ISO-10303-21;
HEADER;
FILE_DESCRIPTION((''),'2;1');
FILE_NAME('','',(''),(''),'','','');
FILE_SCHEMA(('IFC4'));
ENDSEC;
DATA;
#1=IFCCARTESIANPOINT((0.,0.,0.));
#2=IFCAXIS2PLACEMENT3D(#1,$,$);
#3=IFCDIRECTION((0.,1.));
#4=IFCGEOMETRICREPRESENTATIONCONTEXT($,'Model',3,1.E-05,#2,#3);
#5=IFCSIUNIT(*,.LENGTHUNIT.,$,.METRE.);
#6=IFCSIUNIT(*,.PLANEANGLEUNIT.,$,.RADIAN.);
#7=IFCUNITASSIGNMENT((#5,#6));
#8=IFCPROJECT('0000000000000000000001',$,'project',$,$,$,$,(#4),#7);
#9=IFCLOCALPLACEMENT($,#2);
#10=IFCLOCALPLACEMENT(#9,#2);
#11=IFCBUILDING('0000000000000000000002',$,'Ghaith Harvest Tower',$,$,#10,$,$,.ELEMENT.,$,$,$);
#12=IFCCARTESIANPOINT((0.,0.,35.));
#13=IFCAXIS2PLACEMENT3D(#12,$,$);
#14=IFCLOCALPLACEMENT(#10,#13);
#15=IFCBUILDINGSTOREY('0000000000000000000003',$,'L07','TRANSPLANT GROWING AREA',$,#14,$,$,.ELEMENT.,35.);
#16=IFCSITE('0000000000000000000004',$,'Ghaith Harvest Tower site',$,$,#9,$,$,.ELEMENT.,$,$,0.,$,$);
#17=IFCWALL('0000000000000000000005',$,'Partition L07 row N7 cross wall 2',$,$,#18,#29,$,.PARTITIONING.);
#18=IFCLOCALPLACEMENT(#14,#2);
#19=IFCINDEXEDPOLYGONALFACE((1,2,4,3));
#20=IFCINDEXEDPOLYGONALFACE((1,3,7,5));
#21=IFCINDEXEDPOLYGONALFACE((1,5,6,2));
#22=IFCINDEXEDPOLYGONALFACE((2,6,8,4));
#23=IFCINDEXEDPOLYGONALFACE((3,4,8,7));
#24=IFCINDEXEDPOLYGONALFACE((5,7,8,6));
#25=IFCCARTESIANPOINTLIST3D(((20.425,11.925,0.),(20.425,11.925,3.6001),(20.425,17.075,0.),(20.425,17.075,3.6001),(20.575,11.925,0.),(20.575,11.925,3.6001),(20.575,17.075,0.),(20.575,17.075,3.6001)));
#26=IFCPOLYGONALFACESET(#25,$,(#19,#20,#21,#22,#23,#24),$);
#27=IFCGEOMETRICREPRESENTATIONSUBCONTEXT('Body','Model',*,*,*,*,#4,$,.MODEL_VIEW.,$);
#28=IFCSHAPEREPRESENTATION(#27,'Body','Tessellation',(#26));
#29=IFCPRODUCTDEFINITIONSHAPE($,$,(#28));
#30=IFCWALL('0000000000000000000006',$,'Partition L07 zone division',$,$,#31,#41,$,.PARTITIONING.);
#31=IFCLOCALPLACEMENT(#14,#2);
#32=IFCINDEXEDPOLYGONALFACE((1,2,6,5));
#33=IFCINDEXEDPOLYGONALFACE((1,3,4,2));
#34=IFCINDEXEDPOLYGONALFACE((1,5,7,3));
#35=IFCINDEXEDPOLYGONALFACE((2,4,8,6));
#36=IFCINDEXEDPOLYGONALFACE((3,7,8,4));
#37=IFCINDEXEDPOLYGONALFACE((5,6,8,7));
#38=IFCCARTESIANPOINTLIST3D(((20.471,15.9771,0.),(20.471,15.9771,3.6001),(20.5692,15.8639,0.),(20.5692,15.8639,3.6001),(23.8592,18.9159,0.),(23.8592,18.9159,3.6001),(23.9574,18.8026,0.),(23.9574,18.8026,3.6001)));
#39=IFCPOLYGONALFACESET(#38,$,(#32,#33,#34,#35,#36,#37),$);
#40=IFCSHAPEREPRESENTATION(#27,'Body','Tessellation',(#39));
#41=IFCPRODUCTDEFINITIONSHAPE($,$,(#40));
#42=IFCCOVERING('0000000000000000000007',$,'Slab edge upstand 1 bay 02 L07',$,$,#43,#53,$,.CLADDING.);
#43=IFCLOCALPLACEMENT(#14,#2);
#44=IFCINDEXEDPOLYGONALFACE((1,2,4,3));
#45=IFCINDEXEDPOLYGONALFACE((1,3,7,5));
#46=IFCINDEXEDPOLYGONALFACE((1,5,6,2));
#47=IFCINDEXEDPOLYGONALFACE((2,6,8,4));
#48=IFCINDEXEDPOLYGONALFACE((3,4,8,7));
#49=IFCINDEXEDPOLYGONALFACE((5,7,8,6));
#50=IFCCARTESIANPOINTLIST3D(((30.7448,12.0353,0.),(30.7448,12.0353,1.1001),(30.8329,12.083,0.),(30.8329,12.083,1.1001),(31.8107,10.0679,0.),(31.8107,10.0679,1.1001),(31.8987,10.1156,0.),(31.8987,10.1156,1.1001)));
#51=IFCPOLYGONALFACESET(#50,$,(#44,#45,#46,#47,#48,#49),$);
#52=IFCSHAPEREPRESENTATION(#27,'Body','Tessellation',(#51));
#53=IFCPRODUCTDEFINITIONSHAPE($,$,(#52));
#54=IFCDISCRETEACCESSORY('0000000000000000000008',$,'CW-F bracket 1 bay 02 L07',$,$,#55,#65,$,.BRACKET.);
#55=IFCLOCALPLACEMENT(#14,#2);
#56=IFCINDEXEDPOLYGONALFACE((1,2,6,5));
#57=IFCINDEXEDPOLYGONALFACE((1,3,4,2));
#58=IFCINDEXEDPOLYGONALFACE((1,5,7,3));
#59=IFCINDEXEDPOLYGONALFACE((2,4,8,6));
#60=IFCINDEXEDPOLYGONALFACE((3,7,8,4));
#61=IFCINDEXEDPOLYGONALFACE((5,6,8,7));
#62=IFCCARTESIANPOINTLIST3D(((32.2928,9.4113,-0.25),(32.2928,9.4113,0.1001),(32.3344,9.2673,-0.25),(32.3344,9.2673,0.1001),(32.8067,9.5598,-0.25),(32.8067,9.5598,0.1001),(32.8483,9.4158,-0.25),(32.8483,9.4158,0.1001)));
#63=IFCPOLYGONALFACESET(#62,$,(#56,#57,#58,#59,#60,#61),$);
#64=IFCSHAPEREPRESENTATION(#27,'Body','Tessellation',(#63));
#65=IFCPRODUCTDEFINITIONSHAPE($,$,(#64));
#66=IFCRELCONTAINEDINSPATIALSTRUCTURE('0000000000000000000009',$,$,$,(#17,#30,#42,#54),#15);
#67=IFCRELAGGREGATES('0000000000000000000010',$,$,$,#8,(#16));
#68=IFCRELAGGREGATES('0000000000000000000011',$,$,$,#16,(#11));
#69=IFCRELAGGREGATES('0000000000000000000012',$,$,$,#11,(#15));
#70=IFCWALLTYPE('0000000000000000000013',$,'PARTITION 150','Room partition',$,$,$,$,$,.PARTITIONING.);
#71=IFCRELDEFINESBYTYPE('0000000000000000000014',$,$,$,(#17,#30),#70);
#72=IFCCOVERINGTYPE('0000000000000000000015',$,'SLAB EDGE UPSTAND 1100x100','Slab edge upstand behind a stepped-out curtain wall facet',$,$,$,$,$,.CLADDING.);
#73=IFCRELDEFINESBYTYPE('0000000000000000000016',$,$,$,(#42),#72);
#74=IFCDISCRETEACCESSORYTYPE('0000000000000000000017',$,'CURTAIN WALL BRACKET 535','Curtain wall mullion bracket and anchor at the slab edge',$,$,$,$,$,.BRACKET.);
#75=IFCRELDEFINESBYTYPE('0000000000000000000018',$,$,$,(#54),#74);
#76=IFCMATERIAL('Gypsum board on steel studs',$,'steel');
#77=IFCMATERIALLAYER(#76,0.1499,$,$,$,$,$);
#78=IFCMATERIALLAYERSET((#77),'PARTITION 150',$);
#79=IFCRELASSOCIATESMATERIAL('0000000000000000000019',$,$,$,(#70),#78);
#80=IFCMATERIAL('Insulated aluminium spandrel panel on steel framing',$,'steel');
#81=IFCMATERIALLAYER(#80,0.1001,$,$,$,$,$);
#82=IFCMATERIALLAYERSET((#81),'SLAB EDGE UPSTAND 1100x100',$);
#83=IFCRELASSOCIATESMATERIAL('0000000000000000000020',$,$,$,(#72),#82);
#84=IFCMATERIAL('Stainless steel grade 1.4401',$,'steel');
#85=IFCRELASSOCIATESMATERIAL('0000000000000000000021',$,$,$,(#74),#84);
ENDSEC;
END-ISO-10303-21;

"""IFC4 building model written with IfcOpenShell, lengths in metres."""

from ifc_helpers import new_model, si_unit, direction, frame, frame_2d, origin, origin_2d, place, context, subcontext, project, spatial, rectangle, extrude, material, layer, layer_set, type_object, element, save


model = new_model("IFC4")

# Units and contexts
model_context = context("Model", 3, precision=1e-05, world=origin(), true_north=direction((0.0, 1.0)))
body_context = subcontext(model_context, "Body", "Model", "MODEL_VIEW")
ifc_project = project(units=[si_unit("LENGTHUNIT", "METRE"), si_unit("PLANEANGLEUNIT", "RADIAN")], contexts=[model_context])

# Site, building, storey
site_placement = place(None, origin())
site = spatial("IfcSite", under=ifc_project, at=site_placement, Name="Ghaith Harvest Tower site", CompositionType="ELEMENT", RefElevation=0.0)
building_placement = place(site_placement, origin())
building = spatial("IfcBuilding", under=site, at=building_placement, Name="Ghaith Harvest Tower", CompositionType="ELEMENT")
storey_placement = place(building_placement, frame((0.0, 0.0, 35.0)))
storey = spatial("IfcBuildingStorey", under=building, at=storey_placement, Name="L07", Description="TRANSPLANT GROWING AREA", CompositionType="ELEMENT", Elevation=35.0)

# Walls
ifc_material_1 = material(Name="Gypsum board on steel studs", Category="steel")
ifc_layer_1 = layer(ifc_material_1, 0.1499)
ifc_layer_set_1 = layer_set([ifc_layer_1], Name="PARTITION 150")
wall_type = type_object("IfcWallType", Name="PARTITION 150", Description="Room partition", PredefinedType="PARTITIONING", material=ifc_layer_set_1)
wall_1_placement = place(storey_placement, frame((20.5, 11.925, 0.0), z_axis=(0.0, 0.0, 1.0), x_axis=(0.0, 1.0, 0.0)))
element("IfcWall", 1, at=wall_1_placement, inside=storey, type_object=wall_type, Name="Partition L07 row N7 cross wall 2", PredefinedType="PARTITIONING", context=body_context, shape_type="SweptSolid", body=[
    extrude(rectangle(XDim=5.1499, YDim=0.1499, at=frame_2d((2.575, 0.0))), origin(), (0.0, 0.0, 1.0), 3.6001),
])
wall_2_placement = place(storey_placement, frame((20.52, 15.9204, 0.0), z_axis=(0.0, 0.0, 1.0), x_axis=(0.755436, 0.655223, 0.0)))
element("IfcWall", 2, at=wall_2_placement, inside=storey, type_object=wall_type, Name="Partition L07 zone division", PredefinedType="PARTITIONING", context=body_context, shape_type="SweptSolid", body=[
    extrude(rectangle(XDim=4.4851, YDim=0.1499, at=frame_2d((2.2427, 0.0))), origin(), (0.0, 0.0, 1.0), 3.6001),
])

# Covering
ifc_material_2 = material(Name="Insulated aluminium spandrel panel on steel framing", Category="steel")
ifc_layer_2 = layer(ifc_material_2, 0.1001)
ifc_layer_set_2 = layer_set([ifc_layer_2], Name="SLAB EDGE UPSTAND 1100x100")
covering_type = type_object("IfcCoveringType", Name="SLAB EDGE UPSTAND 1100x100", Description="Slab edge upstand behind a stepped-out curtain wall facet", PredefinedType="CLADDING", material=ifc_layer_set_2)
covering_placement = place(storey_placement, frame((31.3218, 11.0754, 0.0), z_axis=(0.0, 0.0, 1.0), x_axis=(-0.476349, 0.879256, 0.0)))
element("IfcCovering", 3, at=covering_placement, inside=storey, type_object=covering_type, Name="Slab edge upstand 1 bay 02 L07", PredefinedType="CLADDING", context=body_context, shape_type="SweptSolid", body=[
    extrude(rectangle(XDim=2.2375, YDim=0.1001, at=origin_2d()), origin(), (0.0, 0.0, 1.0), 1.1001),
])

# Discrete accessory
ifc_material_3 = material(Name="Stainless steel grade 1.4401", Category="steel")
discrete_accessory_type = type_object("IfcDiscreteAccessoryType", Name="CURTAIN WALL BRACKET 535", Description="Curtain wall mullion bracket and anchor at the slab edge", PredefinedType="BRACKET", material=ifc_material_3)
discrete_accessory_placement = place(storey_placement, frame((32.5706, 9.4136, -0.25), z_axis=(0.0, 0.0, 1.0), x_axis=(0.96068, 0.277657, 0.0)))
element("IfcDiscreteAccessory", 4, at=discrete_accessory_placement, inside=storey, type_object=discrete_accessory_type, Name="CW-F bracket 1 bay 02 L07", PredefinedType="BRACKET", context=body_context, shape_type="SweptSolid", body=[
    extrude(rectangle(XDim=0.5349, YDim=0.1499, at=origin_2d()), origin(), (0.0, 0.0, 1.0), 0.3501),
])

save(model, "model.ifc")
